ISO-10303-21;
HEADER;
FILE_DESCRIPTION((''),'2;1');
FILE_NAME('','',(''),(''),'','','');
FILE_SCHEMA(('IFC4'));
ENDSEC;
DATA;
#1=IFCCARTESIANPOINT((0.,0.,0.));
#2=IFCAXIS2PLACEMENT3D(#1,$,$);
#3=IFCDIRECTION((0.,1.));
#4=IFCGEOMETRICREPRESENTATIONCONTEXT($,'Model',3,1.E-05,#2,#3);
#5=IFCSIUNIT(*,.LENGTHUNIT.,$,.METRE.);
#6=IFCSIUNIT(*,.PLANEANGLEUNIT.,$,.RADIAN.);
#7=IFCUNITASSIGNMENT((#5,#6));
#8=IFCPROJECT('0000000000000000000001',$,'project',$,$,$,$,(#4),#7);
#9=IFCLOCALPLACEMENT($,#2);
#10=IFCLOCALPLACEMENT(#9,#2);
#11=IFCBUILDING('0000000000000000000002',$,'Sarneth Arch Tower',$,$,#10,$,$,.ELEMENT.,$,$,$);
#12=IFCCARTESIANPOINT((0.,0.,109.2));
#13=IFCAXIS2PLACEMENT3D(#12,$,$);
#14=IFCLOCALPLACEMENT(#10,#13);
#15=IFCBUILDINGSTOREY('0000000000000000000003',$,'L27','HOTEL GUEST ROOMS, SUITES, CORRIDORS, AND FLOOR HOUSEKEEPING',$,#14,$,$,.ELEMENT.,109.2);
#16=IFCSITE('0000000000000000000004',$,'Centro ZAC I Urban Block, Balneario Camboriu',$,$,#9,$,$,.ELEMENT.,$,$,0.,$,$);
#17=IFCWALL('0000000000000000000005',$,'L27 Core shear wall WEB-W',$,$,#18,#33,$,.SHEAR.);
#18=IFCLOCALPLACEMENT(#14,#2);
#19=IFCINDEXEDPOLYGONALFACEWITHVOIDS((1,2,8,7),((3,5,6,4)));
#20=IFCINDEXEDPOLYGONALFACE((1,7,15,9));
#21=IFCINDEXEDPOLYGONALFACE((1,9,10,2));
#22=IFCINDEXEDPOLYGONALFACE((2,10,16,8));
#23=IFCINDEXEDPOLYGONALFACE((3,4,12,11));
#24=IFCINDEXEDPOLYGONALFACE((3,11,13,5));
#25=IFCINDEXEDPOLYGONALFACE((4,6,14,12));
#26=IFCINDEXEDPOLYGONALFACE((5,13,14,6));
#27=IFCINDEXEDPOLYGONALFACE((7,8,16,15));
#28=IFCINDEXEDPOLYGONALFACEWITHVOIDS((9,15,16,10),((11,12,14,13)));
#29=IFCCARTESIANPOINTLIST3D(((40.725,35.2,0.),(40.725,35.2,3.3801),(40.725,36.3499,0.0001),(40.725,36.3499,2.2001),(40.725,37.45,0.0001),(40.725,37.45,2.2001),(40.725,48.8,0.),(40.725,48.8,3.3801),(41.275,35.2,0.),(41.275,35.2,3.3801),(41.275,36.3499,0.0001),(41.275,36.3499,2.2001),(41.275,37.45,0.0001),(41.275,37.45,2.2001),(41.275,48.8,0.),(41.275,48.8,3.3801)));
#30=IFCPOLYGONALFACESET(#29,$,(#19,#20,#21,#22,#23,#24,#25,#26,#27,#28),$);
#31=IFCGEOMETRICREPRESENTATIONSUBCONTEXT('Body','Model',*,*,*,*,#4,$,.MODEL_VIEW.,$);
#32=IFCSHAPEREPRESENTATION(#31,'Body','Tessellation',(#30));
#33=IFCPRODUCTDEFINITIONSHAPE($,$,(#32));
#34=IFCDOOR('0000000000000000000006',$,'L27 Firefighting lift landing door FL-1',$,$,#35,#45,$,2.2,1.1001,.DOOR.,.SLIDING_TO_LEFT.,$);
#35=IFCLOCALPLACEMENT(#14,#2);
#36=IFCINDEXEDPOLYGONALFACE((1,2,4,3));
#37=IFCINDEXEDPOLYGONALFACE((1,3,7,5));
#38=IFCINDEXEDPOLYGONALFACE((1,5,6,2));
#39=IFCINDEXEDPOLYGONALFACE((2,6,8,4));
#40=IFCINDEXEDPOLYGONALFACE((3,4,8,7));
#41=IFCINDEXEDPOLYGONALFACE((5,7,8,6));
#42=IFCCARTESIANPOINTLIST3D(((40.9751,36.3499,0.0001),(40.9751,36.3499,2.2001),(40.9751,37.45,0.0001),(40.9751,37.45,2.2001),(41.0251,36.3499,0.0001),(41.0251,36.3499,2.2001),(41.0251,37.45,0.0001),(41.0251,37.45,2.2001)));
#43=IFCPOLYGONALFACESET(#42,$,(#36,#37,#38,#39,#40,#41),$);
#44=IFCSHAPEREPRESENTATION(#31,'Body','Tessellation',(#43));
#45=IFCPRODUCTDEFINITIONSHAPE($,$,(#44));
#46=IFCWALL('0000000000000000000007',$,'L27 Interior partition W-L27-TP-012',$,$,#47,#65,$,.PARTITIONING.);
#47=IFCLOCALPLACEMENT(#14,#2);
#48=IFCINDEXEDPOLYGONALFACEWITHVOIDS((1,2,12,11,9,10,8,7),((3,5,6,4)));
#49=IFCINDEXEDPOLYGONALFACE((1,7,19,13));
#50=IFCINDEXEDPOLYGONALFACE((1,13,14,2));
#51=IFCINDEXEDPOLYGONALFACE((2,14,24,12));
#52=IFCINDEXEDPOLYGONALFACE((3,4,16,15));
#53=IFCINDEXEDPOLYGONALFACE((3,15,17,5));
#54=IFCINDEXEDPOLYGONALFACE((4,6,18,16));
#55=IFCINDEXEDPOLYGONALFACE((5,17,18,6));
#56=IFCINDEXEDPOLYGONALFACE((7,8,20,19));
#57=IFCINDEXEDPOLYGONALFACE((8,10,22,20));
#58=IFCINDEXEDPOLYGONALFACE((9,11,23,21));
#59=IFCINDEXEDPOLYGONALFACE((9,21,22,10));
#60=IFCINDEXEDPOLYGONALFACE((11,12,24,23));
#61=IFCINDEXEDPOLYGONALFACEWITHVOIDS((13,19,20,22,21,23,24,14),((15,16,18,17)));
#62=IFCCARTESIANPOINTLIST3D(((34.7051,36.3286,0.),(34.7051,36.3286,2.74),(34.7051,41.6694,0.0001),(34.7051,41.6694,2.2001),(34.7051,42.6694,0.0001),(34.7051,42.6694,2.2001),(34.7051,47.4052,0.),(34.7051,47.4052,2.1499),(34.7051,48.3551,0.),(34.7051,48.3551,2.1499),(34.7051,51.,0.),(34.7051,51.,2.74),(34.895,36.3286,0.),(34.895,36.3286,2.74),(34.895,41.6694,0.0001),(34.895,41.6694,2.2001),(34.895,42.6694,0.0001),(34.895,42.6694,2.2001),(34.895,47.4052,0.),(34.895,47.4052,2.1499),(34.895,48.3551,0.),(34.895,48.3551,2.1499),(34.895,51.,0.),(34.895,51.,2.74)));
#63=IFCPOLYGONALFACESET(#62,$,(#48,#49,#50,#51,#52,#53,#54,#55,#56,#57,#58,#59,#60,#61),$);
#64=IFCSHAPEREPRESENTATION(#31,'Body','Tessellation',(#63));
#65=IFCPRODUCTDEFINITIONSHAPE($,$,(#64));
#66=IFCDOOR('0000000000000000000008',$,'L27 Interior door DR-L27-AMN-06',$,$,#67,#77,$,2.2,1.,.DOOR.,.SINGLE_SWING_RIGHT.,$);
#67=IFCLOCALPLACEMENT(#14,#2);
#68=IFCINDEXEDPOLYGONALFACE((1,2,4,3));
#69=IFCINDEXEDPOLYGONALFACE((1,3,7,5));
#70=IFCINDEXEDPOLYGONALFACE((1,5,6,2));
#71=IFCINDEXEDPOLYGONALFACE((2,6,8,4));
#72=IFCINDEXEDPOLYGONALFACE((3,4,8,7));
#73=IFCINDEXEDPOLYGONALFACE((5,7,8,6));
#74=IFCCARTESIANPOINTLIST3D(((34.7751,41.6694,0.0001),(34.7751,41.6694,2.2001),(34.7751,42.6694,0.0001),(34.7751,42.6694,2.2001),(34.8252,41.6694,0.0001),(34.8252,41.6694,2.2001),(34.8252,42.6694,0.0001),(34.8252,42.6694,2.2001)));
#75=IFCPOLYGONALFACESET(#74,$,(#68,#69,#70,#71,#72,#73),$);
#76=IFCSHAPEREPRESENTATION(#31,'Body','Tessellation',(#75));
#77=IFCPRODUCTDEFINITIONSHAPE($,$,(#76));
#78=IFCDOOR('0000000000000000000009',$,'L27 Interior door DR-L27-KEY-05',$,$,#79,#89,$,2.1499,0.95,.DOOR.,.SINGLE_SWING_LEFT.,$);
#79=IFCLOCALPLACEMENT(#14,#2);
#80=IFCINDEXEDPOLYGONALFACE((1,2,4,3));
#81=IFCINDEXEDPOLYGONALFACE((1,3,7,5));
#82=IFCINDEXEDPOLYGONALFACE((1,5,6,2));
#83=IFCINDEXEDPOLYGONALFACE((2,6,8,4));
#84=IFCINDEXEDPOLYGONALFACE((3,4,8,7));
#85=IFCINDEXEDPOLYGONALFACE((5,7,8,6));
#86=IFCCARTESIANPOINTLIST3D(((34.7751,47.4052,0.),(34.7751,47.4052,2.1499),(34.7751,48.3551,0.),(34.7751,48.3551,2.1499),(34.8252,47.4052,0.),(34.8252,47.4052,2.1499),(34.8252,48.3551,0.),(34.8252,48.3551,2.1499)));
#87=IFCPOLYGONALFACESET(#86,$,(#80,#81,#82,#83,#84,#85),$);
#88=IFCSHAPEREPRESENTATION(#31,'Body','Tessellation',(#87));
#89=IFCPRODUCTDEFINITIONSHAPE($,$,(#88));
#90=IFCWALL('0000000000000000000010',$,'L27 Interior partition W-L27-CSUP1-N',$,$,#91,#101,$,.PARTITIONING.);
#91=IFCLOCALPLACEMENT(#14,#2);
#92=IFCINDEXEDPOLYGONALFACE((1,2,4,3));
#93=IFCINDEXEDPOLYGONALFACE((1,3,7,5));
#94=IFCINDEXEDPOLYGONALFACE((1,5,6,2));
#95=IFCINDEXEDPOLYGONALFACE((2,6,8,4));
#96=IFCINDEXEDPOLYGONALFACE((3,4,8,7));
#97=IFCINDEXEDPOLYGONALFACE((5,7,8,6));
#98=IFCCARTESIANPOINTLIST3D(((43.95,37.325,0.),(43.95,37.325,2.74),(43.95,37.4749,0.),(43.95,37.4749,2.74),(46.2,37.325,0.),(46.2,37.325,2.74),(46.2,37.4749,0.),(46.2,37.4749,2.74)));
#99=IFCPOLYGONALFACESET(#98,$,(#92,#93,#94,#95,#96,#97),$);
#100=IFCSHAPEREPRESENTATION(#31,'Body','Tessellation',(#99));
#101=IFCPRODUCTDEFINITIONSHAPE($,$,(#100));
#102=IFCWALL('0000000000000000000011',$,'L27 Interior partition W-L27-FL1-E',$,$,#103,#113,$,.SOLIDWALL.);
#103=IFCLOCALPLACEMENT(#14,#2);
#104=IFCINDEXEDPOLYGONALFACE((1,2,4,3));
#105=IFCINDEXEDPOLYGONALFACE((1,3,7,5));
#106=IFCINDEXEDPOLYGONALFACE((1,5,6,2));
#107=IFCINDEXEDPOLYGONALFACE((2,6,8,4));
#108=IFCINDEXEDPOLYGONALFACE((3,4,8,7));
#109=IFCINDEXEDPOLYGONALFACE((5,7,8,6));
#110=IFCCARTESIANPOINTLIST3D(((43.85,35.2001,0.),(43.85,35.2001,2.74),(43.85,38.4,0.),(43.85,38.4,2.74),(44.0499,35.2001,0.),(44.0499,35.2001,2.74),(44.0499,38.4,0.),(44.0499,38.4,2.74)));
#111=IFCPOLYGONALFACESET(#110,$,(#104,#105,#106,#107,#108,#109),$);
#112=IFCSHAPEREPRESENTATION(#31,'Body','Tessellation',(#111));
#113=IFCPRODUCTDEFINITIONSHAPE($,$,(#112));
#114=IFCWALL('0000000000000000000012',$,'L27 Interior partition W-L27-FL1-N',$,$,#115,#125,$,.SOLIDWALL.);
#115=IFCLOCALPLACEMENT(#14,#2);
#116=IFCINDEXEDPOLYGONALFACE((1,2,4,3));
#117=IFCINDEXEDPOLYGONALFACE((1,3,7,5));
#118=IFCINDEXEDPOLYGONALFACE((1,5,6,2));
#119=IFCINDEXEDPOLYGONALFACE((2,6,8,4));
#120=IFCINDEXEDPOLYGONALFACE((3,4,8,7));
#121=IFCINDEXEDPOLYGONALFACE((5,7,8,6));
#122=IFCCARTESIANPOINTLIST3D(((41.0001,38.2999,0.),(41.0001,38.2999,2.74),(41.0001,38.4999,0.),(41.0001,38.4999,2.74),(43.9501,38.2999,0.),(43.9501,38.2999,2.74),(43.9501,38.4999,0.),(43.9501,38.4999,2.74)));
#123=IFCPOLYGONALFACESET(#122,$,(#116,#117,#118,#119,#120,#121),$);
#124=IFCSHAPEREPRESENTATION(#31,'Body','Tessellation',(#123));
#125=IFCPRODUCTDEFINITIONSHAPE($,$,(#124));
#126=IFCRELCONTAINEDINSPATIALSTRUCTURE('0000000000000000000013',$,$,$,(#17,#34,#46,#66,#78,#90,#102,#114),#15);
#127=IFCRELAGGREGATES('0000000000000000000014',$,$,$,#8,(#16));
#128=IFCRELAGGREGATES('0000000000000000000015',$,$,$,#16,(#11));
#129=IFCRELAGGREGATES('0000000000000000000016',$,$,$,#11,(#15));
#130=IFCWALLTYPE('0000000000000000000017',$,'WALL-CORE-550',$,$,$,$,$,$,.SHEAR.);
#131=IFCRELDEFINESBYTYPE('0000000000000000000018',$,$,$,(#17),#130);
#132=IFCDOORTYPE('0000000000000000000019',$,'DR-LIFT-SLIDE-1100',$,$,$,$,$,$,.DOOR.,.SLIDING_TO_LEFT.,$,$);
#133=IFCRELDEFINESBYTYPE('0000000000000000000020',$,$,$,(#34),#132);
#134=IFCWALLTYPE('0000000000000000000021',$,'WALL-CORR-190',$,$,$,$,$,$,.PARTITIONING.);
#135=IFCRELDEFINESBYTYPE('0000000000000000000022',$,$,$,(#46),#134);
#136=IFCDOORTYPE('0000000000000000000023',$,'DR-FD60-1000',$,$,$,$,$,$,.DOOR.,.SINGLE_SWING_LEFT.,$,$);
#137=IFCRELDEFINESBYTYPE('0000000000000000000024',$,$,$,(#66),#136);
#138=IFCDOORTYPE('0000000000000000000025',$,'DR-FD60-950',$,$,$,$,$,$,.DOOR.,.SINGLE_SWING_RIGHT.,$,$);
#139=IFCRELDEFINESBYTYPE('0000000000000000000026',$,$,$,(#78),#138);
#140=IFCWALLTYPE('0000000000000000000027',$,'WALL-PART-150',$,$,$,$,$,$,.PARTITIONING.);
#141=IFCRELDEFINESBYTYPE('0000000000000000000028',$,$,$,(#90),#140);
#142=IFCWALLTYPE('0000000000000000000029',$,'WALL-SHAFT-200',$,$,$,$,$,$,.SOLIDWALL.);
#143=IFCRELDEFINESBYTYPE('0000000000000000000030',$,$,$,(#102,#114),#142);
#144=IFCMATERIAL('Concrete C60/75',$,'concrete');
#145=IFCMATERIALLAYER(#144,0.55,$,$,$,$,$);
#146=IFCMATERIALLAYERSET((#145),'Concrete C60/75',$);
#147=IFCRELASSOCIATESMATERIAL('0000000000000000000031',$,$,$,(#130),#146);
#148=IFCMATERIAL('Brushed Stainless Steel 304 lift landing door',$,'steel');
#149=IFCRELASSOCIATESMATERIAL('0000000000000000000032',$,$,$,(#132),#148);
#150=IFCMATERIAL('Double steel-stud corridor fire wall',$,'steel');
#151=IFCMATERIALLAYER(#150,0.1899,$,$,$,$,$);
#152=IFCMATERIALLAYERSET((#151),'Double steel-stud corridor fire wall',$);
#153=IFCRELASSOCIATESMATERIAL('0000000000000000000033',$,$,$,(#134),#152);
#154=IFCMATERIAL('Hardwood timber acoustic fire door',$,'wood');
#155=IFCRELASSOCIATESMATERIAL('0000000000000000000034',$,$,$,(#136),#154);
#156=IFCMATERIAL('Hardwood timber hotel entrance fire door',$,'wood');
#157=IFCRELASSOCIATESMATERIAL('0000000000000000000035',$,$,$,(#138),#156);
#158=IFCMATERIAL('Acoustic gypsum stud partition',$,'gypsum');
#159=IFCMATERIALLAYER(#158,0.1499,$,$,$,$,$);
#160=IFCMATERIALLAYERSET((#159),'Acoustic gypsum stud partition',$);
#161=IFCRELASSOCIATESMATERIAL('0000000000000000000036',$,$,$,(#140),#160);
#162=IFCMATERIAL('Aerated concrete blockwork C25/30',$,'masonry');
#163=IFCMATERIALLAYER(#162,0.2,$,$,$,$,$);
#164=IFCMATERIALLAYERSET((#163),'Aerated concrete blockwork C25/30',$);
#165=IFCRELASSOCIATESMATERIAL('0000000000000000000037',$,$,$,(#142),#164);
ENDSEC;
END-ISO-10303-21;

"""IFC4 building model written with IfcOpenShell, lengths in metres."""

from ifc_helpers import new_model, si_unit, direction, frame, frame_2d, origin, place, context, subcontext, project, spatial, rectangle, extrude, material, layer, layer_set, type_object, element, fill, save


model = new_model("IFC4")

# Units and contexts
model_context = context("Model", 3, precision=1e-05, world=origin(), true_north=direction((0.0, 1.0)))
body_context = subcontext(model_context, "Body", "Model", "MODEL_VIEW")
ifc_project = project(units=[si_unit("LENGTHUNIT", "METRE"), si_unit("PLANEANGLEUNIT", "RADIAN")], contexts=[model_context])

# Site, building, storey
site_placement = place(None, origin())
site = spatial("IfcSite", under=ifc_project, at=site_placement, Name="Centro ZAC I Urban Block, Balneario Camboriu", CompositionType="ELEMENT", RefElevation=0.0)
building_placement = place(site_placement, origin())
building = spatial("IfcBuilding", under=site, at=building_placement, Name="Sarneth Arch Tower", CompositionType="ELEMENT")
storey_placement = place(building_placement, frame((0.0, 0.0, 109.2)))
storey = spatial("IfcBuildingStorey", under=building, at=storey_placement, Name="L27", Description="HOTEL GUEST ROOMS, SUITES, CORRIDORS, AND FLOOR HOUSEKEEPING", CompositionType="ELEMENT", Elevation=109.2)

# Shared definitions
ifc_material_1 = material(Name="Concrete C60/75", Category="concrete")
ifc_layer_1 = layer(ifc_material_1, 0.55)
ifc_layer_set_1 = layer_set([ifc_layer_1], Name="Concrete C60/75")
wall_type_1 = type_object("IfcWallType", Name="WALL-CORE-550", PredefinedType="SHEAR", material=ifc_layer_set_1)

# Wall, opening, door
wall_1_placement = place(storey_placement, frame((41.0, 35.2, 0.0), z_axis=(0.0, 0.0, 1.0), x_axis=(0.0, 1.0, 0.0)))
wall_1 = element("IfcWall", 1, at=wall_1_placement, inside=storey, type_object=wall_type_1, Name="L27 Core shear wall WEB-W", PredefinedType="SHEAR", context=body_context, shape_type="SweptSolid", body=[
    extrude(rectangle(XDim=13.6001, YDim=0.55, at=frame_2d((6.8, 0.0))), origin(), (0.0, 0.0, 1.0), 3.3801),
])
opening_1_placement = place(wall_1_placement, frame((1.1499, 0.0, 0.0)))
opening_1 = element("IfcOpeningElement", 2, at=opening_1_placement, cuts=wall_1, PredefinedType="OPENING", context=body_context, shape_type="SweptSolid", body=[
    extrude(rectangle(XDim=1.1001, YDim=2.2, at=frame_2d((0.55, 1.1001))), frame((0.0, 0.2849, 0.0), z_axis=(0.0, -1.0, 0.0), x_axis=(1.0, 0.0, 0.0)), (0.0, 0.0, 1.0), 0.5701),
])
ifc_material_2 = material(Name="Brushed Stainless Steel 304 lift landing door", Category="steel")
door_type_1 = type_object("IfcDoorType", Name="DR-LIFT-SLIDE-1100", OperationType="SLIDING_TO_LEFT", PredefinedType="DOOR", material=ifc_material_2)
door_1_placement = place(opening_1_placement, origin())
door_1 = element("IfcDoor", 3, at=door_1_placement, inside=storey, type_object=door_type_1, Name="L27 Firefighting lift landing door FL-1", OperationType="SLIDING_TO_LEFT", OverallHeight=2.2, OverallWidth=1.1001, PredefinedType="DOOR", context=body_context, shape_type="SweptSolid", body=[
    extrude(rectangle(XDim=1.1001, YDim=2.2, at=frame_2d((0.55, 1.1001))), frame((0.0, 0.0249, 0.0), z_axis=(0.0, -1.0, 0.0), x_axis=(1.0, 0.0, 0.0)), (0.0, 0.0, 1.0), 0.05),
])
fill(opening_1, door_1)

# Wall, openings, doors
ifc_material_3 = material(Name="Double steel-stud corridor fire wall", Category="steel")
ifc_layer_2 = layer(ifc_material_3, 0.1899)
ifc_layer_set_2 = layer_set([ifc_layer_2], Name="Double steel-stud corridor fire wall")
wall_type_2 = type_object("IfcWallType", Name="WALL-CORR-190", PredefinedType="PARTITIONING", material=ifc_layer_set_2)
wall_2_placement = place(storey_placement, frame((34.8, 36.3286, 0.0), z_axis=(0.0, 0.0, 1.0), x_axis=(0.0, 1.0, 0.0)))
wall_2 = element("IfcWall", 4, at=wall_2_placement, inside=storey, type_object=wall_type_2, Name="L27 Interior partition W-L27-TP-012", PredefinedType="PARTITIONING", context=body_context, shape_type="SweptSolid", body=[
    extrude(rectangle(XDim=14.6714, YDim=0.1899, at=frame_2d((7.3357, 0.0))), origin(), (0.0, 0.0, 1.0), 2.74),
])
opening_2_placement = place(wall_2_placement, frame((5.3408, 0.0, 0.0)))
opening_2 = element("IfcOpeningElement", 5, at=opening_2_placement, cuts=wall_2, PredefinedType="OPENING", context=body_context, shape_type="SweptSolid", body=[
    extrude(rectangle(XDim=1.0, YDim=2.2, at=frame_2d((0.5, 1.1001))), frame((0.0, 0.105, 0.0), z_axis=(0.0, -1.0, 0.0), x_axis=(1.0, 0.0, 0.0)), (0.0, 0.0, 1.0), 0.21),
])
opening_3_placement = place(wall_2_placement, frame((11.0764, 0.0, 0.0)))
opening_3 = element("IfcOpeningElement", 6, at=opening_3_placement, cuts=wall_2, PredefinedType="OPENING", context=body_context, shape_type="SweptSolid", body=[
    extrude(rectangle(XDim=0.95, YDim=2.1499, at=frame_2d((0.4751, 1.075))), frame((0.0, 0.105, 0.0), z_axis=(0.0, -1.0, 0.0), x_axis=(1.0, 0.0, 0.0)), (0.0, 0.0, 1.0), 0.21),
])
ifc_material_4 = material(Name="Hardwood timber acoustic fire door", Category="wood")
door_type_2 = type_object("IfcDoorType", Name="DR-FD60-1000", OperationType="SINGLE_SWING_LEFT", PredefinedType="DOOR", material=ifc_material_4)
door_2_placement = place(opening_2_placement, origin())
door_2 = element("IfcDoor", 7, at=door_2_placement, inside=storey, type_object=door_type_2, Name="L27 Interior door DR-L27-AMN-06", OperationType="SINGLE_SWING_RIGHT", OverallHeight=2.2, OverallWidth=1.0, PredefinedType="DOOR", context=body_context, shape_type="SweptSolid", body=[
    extrude(rectangle(XDim=1.0, YDim=2.2, at=frame_2d((0.5, 1.1001))), frame((0.0, 0.0249, 0.0), z_axis=(0.0, -1.0, 0.0), x_axis=(1.0, 0.0, 0.0)), (0.0, 0.0, 1.0), 0.05),
])
fill(opening_2, door_2)
ifc_material_5 = material(Name="Hardwood timber hotel entrance fire door", Category="wood")
door_type_3 = type_object("IfcDoorType", Name="DR-FD60-950", OperationType="SINGLE_SWING_RIGHT", PredefinedType="DOOR", material=ifc_material_5)
door_3_placement = place(opening_3_placement, origin())
door_3 = element("IfcDoor", 8, at=door_3_placement, inside=storey, type_object=door_type_3, Name="L27 Interior door DR-L27-KEY-05", OperationType="SINGLE_SWING_LEFT", OverallHeight=2.1499, OverallWidth=0.95, PredefinedType="DOOR", context=body_context, shape_type="SweptSolid", body=[
    extrude(rectangle(XDim=0.95, YDim=2.1499, at=frame_2d((0.4751, 1.075))), frame((0.0, 0.0249, 0.0), z_axis=(0.0, -1.0, 0.0), x_axis=(1.0, 0.0, 0.0)), (0.0, 0.0, 1.0), 0.05),
])
fill(opening_3, door_3)

# Wall
ifc_material_6 = material(Name="Acoustic gypsum stud partition", Category="gypsum")
ifc_layer_3 = layer(ifc_material_6, 0.1499)
ifc_layer_set_3 = layer_set([ifc_layer_3], Name="Acoustic gypsum stud partition")
wall_type_3 = type_object("IfcWallType", Name="WALL-PART-150", PredefinedType="PARTITIONING", material=ifc_layer_set_3)
wall_3_placement = place(storey_placement, frame((43.95, 37.3999, 0.0), z_axis=(0.0, 0.0, 1.0), x_axis=(1.0, 0.0, 0.0)))
element("IfcWall", 9, at=wall_3_placement, inside=storey, type_object=wall_type_3, Name="L27 Interior partition W-L27-CSUP1-N", PredefinedType="PARTITIONING", context=body_context, shape_type="SweptSolid", body=[
    extrude(rectangle(XDim=2.25, YDim=0.1499, at=frame_2d((1.125, 0.0))), origin(), (0.0, 0.0, 1.0), 2.74),
])

# Shared definitions
ifc_material_7 = material(Name="Aerated concrete blockwork C25/30", Category="masonry")
ifc_layer_4 = layer(ifc_material_7, 0.2)
ifc_layer_set_4 = layer_set([ifc_layer_4], Name="Aerated concrete blockwork C25/30")
wall_type_4 = type_object("IfcWallType", Name="WALL-SHAFT-200", PredefinedType="SOLIDWALL", material=ifc_layer_set_4)

# Walls
wall_4_placement = place(storey_placement, frame((43.95, 35.2, 0.0), z_axis=(0.0, 0.0, 1.0), x_axis=(0.0, 1.0, 0.0)))
element("IfcWall", 10, at=wall_4_placement, inside=storey, type_object=wall_type_4, Name="L27 Interior partition W-L27-FL1-E", PredefinedType="SOLIDWALL", context=body_context, shape_type="SweptSolid", body=[
    extrude(rectangle(XDim=3.2, YDim=0.2, at=frame_2d((1.6001, 0.0))), origin(), (0.0, 0.0, 1.0), 2.74),
])
wall_5_placement = place(storey_placement, frame((41.0, 38.3999, 0.0), z_axis=(0.0, 0.0, 1.0), x_axis=(1.0, 0.0, 0.0)))
element("IfcWall", 11, at=wall_5_placement, inside=storey, type_object=wall_type_4, Name="L27 Interior partition W-L27-FL1-N", PredefinedType="SOLIDWALL", context=body_context, shape_type="SweptSolid", body=[
    extrude(rectangle(XDim=2.95, YDim=0.2, at=frame_2d((1.4751, 0.0))), origin(), (0.0, 0.0, 1.0), 2.74),
])

save(model, "model.ifc")
